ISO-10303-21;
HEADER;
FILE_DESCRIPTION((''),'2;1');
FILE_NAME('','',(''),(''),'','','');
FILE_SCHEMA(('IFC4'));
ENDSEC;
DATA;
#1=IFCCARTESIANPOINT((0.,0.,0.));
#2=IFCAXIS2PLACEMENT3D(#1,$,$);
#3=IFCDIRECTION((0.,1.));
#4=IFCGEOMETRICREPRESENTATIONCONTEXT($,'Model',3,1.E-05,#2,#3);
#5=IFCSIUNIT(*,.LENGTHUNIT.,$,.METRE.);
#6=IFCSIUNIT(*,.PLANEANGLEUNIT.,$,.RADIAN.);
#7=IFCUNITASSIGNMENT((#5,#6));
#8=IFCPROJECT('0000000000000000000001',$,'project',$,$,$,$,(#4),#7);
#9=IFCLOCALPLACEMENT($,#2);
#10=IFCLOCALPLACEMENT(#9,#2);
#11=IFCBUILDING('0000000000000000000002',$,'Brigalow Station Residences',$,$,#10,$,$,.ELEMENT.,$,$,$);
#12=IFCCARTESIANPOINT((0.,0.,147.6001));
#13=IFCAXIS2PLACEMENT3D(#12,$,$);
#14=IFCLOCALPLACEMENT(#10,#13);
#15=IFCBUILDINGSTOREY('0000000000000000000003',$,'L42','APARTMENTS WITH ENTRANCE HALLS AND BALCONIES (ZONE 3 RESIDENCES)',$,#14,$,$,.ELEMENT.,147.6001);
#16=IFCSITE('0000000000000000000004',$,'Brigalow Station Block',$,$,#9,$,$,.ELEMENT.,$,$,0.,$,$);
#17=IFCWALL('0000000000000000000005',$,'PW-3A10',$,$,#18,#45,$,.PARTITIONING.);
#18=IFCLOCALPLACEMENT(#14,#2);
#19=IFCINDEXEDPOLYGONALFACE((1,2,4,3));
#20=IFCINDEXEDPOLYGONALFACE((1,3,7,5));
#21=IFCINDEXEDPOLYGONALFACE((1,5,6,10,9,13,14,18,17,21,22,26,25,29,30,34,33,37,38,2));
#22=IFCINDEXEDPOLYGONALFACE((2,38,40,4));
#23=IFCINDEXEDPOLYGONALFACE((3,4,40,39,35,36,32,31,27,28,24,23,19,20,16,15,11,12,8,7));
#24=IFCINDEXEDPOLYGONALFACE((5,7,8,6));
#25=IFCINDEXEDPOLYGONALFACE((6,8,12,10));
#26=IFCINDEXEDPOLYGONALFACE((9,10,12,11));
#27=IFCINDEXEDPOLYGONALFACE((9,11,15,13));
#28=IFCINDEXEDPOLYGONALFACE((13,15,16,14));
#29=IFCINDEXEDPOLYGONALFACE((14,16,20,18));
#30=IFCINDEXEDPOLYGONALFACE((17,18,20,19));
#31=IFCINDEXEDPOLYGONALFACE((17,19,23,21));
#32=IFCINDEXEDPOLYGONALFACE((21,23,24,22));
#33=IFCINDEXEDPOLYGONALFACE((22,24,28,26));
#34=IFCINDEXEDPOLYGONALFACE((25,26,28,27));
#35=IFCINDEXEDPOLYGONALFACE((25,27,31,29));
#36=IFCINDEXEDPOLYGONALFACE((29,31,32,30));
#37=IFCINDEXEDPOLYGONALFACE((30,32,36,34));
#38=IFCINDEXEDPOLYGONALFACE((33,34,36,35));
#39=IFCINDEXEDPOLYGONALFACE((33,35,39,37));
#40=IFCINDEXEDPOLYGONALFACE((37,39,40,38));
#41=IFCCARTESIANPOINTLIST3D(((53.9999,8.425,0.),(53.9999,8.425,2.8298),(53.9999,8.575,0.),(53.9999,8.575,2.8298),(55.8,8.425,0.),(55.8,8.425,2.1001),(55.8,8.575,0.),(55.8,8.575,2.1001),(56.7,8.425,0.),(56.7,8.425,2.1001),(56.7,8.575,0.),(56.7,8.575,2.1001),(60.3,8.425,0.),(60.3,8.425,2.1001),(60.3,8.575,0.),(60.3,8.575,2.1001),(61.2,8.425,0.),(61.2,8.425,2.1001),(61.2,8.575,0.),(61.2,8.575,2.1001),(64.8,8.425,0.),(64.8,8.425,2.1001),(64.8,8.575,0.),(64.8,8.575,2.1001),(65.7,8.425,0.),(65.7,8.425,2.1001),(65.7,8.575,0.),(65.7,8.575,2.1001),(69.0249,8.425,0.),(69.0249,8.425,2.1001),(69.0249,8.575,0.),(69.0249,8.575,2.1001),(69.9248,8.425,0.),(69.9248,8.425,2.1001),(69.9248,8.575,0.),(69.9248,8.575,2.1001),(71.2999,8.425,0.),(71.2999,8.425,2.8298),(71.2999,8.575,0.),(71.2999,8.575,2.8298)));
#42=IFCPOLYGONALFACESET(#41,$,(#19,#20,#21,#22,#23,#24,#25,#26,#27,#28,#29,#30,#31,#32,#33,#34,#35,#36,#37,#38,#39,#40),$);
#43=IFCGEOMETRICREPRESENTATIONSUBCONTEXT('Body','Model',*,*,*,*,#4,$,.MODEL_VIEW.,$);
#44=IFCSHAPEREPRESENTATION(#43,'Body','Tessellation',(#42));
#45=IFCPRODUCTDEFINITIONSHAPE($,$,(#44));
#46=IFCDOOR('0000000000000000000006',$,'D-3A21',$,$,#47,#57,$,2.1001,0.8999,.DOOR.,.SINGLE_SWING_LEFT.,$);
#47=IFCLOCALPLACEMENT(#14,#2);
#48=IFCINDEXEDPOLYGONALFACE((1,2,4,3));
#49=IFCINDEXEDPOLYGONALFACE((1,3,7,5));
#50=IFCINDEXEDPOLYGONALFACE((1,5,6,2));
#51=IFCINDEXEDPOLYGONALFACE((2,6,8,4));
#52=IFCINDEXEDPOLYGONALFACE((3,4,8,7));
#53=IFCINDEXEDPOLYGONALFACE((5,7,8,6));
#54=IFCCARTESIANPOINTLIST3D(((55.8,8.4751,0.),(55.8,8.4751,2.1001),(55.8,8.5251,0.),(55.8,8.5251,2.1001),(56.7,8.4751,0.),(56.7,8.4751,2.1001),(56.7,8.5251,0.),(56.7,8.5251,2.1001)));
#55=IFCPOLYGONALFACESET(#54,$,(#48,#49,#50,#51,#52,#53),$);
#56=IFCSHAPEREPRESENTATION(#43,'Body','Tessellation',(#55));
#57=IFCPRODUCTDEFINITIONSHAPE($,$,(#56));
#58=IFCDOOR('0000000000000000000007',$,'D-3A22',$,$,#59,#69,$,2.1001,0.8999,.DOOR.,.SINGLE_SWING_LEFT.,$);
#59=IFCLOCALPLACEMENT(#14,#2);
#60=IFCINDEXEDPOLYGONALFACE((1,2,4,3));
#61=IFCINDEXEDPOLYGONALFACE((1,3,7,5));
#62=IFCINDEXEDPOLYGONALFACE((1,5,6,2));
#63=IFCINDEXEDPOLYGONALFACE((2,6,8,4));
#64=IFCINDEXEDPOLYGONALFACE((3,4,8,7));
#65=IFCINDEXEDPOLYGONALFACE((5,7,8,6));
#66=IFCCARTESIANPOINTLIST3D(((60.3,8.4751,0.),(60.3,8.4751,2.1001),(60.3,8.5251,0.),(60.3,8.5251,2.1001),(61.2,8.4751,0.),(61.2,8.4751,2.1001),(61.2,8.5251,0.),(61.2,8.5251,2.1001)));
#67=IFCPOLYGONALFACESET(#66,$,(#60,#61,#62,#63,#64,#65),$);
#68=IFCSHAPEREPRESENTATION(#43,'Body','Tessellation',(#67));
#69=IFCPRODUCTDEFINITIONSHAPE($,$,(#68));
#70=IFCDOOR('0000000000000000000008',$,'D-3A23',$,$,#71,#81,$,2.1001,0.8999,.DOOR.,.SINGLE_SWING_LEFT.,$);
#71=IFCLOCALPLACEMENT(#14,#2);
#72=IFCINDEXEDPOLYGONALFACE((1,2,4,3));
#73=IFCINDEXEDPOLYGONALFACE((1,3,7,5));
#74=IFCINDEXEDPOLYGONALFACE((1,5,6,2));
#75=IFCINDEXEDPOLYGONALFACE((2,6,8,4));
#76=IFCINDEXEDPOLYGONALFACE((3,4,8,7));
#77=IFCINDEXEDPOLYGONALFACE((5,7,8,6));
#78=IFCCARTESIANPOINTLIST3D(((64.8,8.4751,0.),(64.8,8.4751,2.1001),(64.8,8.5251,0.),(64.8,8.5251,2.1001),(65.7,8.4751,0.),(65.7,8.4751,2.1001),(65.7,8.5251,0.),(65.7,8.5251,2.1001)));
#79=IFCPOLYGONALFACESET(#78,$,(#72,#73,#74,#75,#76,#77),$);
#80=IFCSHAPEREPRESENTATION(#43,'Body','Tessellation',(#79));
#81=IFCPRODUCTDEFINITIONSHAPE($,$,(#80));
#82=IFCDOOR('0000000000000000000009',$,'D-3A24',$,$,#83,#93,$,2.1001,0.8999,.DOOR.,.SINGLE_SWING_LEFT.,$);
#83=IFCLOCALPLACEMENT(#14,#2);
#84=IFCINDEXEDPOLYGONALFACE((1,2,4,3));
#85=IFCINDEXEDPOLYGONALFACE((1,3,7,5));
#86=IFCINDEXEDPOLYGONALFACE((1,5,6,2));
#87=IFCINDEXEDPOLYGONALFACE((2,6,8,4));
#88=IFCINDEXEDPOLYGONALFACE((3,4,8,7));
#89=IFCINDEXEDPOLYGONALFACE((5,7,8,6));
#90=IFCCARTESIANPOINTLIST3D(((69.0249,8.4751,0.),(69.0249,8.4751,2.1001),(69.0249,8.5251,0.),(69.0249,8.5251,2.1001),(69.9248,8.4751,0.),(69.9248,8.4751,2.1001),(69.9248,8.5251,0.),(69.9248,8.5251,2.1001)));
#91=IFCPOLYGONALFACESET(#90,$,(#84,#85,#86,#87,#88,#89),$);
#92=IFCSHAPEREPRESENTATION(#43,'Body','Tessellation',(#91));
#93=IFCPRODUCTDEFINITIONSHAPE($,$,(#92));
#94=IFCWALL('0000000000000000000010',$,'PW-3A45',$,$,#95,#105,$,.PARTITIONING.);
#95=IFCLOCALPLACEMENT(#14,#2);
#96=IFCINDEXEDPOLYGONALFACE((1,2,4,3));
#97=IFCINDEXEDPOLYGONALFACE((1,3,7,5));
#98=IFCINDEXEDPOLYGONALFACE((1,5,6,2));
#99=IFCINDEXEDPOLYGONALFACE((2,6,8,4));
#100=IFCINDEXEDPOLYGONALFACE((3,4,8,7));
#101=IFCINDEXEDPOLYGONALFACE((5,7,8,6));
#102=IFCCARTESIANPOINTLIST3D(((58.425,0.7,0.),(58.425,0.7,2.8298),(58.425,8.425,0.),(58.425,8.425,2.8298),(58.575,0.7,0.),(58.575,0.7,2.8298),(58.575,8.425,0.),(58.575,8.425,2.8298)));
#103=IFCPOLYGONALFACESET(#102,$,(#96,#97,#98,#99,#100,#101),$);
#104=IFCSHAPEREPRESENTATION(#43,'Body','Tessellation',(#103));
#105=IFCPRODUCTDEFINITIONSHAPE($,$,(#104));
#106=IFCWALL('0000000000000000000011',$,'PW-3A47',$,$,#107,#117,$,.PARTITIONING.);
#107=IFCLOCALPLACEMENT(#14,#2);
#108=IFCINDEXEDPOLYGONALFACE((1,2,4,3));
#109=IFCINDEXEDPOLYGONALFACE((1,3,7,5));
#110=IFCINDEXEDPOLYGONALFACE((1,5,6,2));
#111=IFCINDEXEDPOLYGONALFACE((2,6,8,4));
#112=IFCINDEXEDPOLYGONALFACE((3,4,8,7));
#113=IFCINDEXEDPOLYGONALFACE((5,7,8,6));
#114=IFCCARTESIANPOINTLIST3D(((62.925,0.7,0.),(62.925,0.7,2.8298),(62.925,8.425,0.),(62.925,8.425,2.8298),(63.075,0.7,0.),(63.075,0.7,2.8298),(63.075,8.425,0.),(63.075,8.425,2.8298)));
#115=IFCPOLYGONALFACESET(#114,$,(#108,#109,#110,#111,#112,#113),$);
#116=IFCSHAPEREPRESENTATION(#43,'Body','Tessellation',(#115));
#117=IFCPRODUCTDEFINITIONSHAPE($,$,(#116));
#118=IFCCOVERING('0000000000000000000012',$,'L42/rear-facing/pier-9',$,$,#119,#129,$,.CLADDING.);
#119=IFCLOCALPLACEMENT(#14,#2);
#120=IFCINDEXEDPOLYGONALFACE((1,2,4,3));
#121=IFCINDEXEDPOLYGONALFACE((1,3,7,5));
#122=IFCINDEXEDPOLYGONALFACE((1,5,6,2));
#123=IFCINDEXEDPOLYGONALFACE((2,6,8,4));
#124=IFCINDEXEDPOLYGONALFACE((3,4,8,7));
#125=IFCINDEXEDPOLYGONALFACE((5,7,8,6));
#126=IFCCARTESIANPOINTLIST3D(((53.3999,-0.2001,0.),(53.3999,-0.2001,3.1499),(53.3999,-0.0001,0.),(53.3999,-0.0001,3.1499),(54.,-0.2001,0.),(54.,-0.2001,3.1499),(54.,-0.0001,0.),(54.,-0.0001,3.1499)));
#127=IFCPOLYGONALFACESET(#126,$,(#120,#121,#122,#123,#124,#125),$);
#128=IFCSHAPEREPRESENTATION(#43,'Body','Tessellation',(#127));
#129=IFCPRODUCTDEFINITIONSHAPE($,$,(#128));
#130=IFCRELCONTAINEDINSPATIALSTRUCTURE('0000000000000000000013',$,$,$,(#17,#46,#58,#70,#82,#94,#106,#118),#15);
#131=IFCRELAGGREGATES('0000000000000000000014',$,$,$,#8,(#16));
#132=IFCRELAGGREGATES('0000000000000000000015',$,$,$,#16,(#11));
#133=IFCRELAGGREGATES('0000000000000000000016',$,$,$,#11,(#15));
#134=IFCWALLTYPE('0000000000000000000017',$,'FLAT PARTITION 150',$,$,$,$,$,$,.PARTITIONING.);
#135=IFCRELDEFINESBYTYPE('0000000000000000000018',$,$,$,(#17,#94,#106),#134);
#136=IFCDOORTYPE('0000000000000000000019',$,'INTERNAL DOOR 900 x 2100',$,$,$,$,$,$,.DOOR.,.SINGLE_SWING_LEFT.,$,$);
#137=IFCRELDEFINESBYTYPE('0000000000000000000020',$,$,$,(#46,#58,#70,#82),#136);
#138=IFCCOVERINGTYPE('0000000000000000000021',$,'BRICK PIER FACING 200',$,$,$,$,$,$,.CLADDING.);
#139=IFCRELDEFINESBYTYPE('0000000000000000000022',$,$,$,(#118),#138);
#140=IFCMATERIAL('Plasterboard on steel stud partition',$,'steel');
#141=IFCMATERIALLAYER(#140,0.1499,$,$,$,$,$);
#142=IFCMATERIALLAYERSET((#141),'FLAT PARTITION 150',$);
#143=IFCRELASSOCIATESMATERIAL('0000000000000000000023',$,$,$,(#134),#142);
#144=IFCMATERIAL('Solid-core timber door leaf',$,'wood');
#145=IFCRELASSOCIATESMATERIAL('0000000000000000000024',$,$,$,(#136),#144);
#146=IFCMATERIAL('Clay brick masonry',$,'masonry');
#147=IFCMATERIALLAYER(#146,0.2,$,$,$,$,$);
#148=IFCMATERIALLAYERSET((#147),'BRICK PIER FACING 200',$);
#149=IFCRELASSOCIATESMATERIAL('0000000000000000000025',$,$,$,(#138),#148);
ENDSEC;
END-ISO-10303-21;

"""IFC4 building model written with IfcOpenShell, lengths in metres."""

from ifc_helpers import new_model, si_unit, direction, frame, frame_2d, origin, origin_2d, place, context, subcontext, project, spatial, rectangle, extrude, material, layer, layer_set, type_object, element, fill, save


model = new_model("IFC4")

# Units and contexts
model_context = context("Model", 3, precision=1e-05, world=origin(), true_north=direction((0.0, 1.0)))
body_context = subcontext(model_context, "Body", "Model", "MODEL_VIEW")
ifc_project = project(units=[si_unit("LENGTHUNIT", "METRE"), si_unit("PLANEANGLEUNIT", "RADIAN")], contexts=[model_context])

# Site, building, storey
site_placement = place(None, origin())
site = spatial("IfcSite", under=ifc_project, at=site_placement, Name="Brigalow Station Block", CompositionType="ELEMENT", RefElevation=0.0)
building_placement = place(site_placement, origin())
building = spatial("IfcBuilding", under=site, at=building_placement, Name="Brigalow Station Residences", CompositionType="ELEMENT")
storey_placement = place(building_placement, frame((0.0, 0.0, 147.6001)))
storey = spatial("IfcBuildingStorey", under=building, at=storey_placement, Name="L42", Description="APARTMENTS WITH ENTRANCE HALLS AND BALCONIES (ZONE 3 RESIDENCES)", CompositionType="ELEMENT", Elevation=147.6001)

# Wall, openings, doors
ifc_material_1 = material(Name="Plasterboard on steel stud partition", Category="steel")
ifc_layer_1 = layer(ifc_material_1, 0.1499)
ifc_layer_set_1 = layer_set([ifc_layer_1], Name="FLAT PARTITION 150")
wall_type_1 = type_object("IfcWallType", Name="FLAT PARTITION 150", PredefinedType="PARTITIONING", material=ifc_layer_set_1)
wall_1_placement = place(storey_placement, frame((54.0, 8.5, 0.0), z_axis=(0.0, 0.0, 1.0), x_axis=(1.0, 0.0, 0.0)))
wall_1 = element("IfcWall", 1, at=wall_1_placement, inside=storey, type_object=wall_type_1, Name="PW-3A10", PredefinedType="PARTITIONING", context=body_context, shape_type="SweptSolid", body=[
    extrude(rectangle(XDim=17.3, YDim=0.1499, at=frame_2d((8.6499, 0.0))), origin(), (0.0, 0.0, 1.0), 2.8298),
])
opening_1_placement = place(wall_1_placement, frame((1.8, 0.0, 0.0)))
opening_1 = element("IfcOpeningElement", 2, at=opening_1_placement, cuts=wall_1, PredefinedType="OPENING", context=body_context, shape_type="SweptSolid", body=[
    extrude(rectangle(XDim=0.8999, YDim=2.1001, at=frame_2d((0.45, 1.05))), frame((0.0, 0.085, 0.0), z_axis=(0.0, -1.0, 0.0), x_axis=(1.0, 0.0, 0.0)), (0.0, 0.0, 1.0), 0.1699),
])
opening_2_placement = place(wall_1_placement, frame((6.3, 0.0, 0.0)))
opening_2 = element("IfcOpeningElement", 3, at=opening_2_placement, cuts=wall_1, PredefinedType="OPENING", context=body_context, shape_type="SweptSolid", body=[
    extrude(rectangle(XDim=0.8999, YDim=2.1001, at=frame_2d((0.45, 1.05))), frame((0.0, 0.085, 0.0), z_axis=(0.0, -1.0, 0.0), x_axis=(1.0, 0.0, 0.0)), (0.0, 0.0, 1.0), 0.1699),
])
opening_3_placement = place(wall_1_placement, frame((10.8, 0.0, 0.0)))
opening_3 = element("IfcOpeningElement", 4, at=opening_3_placement, cuts=wall_1, PredefinedType="OPENING", context=body_context, shape_type="SweptSolid", body=[
    extrude(rectangle(XDim=0.8999, YDim=2.1001, at=frame_2d((0.45, 1.05))), frame((0.0, 0.085, 0.0), z_axis=(0.0, -1.0, 0.0), x_axis=(1.0, 0.0, 0.0)), (0.0, 0.0, 1.0), 0.1699),
])
opening_4_placement = place(wall_1_placement, frame((15.0249, 0.0, 0.0)))
opening_4 = element("IfcOpeningElement", 5, at=opening_4_placement, cuts=wall_1, PredefinedType="OPENING", context=body_context, shape_type="SweptSolid", body=[
    extrude(rectangle(XDim=0.8999, YDim=2.1001, at=frame_2d((0.45, 1.05))), frame((0.0, 0.085, 0.0), z_axis=(0.0, -1.0, 0.0), x_axis=(1.0, 0.0, 0.0)), (0.0, 0.0, 1.0), 0.1699),
])
ifc_material_2 = material(Name="Solid-core timber door leaf", Category="wood")
door_type = type_object("IfcDoorType", Name="INTERNAL DOOR 900 x 2100", OperationType="SINGLE_SWING_LEFT", PredefinedType="DOOR", material=ifc_material_2)
door_1_placement = place(opening_1_placement, frame((0.8999, 0.0, 0.0), z_axis=(0.0, 0.0, 1.0), x_axis=(-1.0, 0.0, 0.0)))
door_1 = element("IfcDoor", 6, at=door_1_placement, inside=storey, type_object=door_type, Name="D-3A21", OperationType="SINGLE_SWING_LEFT", OverallHeight=2.1001, OverallWidth=0.8999, PredefinedType="DOOR", context=body_context, shape_type="SweptSolid", body=[
    extrude(rectangle(XDim=0.8999, YDim=2.1001, at=frame_2d((0.45, 1.05))), frame((0.0, 0.0249, 0.0), z_axis=(0.0, -1.0, 0.0), x_axis=(1.0, 0.0, 0.0)), (0.0, 0.0, 1.0), 0.05),
])
fill(opening_1, door_1)
door_2_placement = place(opening_2_placement, frame((0.8999, 0.0, 0.0), z_axis=(0.0, 0.0, 1.0), x_axis=(-1.0, 0.0, 0.0)))
door_2 = element("IfcDoor", 7, at=door_2_placement, inside=storey, type_object=door_type, Name="D-3A22", OperationType="SINGLE_SWING_LEFT", OverallHeight=2.1001, OverallWidth=0.8999, PredefinedType="DOOR", context=body_context, shape_type="SweptSolid", body=[
    extrude(rectangle(XDim=0.8999, YDim=2.1001, at=frame_2d((0.45, 1.05))), frame((0.0, 0.0249, 0.0), z_axis=(0.0, -1.0, 0.0), x_axis=(1.0, 0.0, 0.0)), (0.0, 0.0, 1.0), 0.05),
])
fill(opening_2, door_2)
door_3_placement = place(opening_3_placement, frame((0.8999, 0.0, 0.0), z_axis=(0.0, 0.0, 1.0), x_axis=(-1.0, 0.0, 0.0)))
door_3 = element("IfcDoor", 8, at=door_3_placement, inside=storey, type_object=door_type, Name="D-3A23", OperationType="SINGLE_SWING_LEFT", OverallHeight=2.1001, OverallWidth=0.8999, PredefinedType="DOOR", context=body_context, shape_type="SweptSolid", body=[
    extrude(rectangle(XDim=0.8999, YDim=2.1001, at=frame_2d((0.45, 1.05))), frame((0.0, 0.0249, 0.0), z_axis=(0.0, -1.0, 0.0), x_axis=(1.0, 0.0, 0.0)), (0.0, 0.0, 1.0), 0.05),
])
fill(opening_3, door_3)
door_4_placement = place(opening_4_placement, frame((0.8999, 0.0, 0.0), z_axis=(0.0, 0.0, 1.0), x_axis=(-1.0, 0.0, 0.0)))
door_4 = element("IfcDoor", 9, at=door_4_placement, inside=storey, type_object=door_type, Name="D-3A24", OperationType="SINGLE_SWING_LEFT", OverallHeight=2.1001, OverallWidth=0.8999, PredefinedType="DOOR", context=body_context, shape_type="SweptSolid", body=[
    extrude(rectangle(XDim=0.8999, YDim=2.1001, at=frame_2d((0.45, 1.05))), frame((0.0, 0.0249, 0.0), z_axis=(0.0, -1.0, 0.0), x_axis=(1.0, 0.0, 0.0)), (0.0, 0.0, 1.0), 0.05),
])
fill(opening_4, door_4)

# Walls
for number, where, z_axis, x_axis, name in (
    (10, (58.5, 0.7, 0.0), (0.0, 0.0, 1.0), (0.0, 1.0, 0.0), "PW-3A45"),
    (11, (63.0, 0.7, 0.0), (0.0, 0.0, 1.0), (0.0, 1.0, 0.0), "PW-3A47"),
):
    element("IfcWall", number, at=place(storey_placement, frame(where, z_axis=z_axis, x_axis=x_axis)), inside=storey, type_object=wall_type_1, Name=name, PredefinedType="PARTITIONING", context=body_context, shape_type="SweptSolid", body=[
        extrude(rectangle(XDim=7.7251, YDim=0.1499, at=frame_2d((3.8625, 0.0))), origin(), (0.0, 0.0, 1.0), 2.8298),
    ])

# Covering
ifc_material_3 = material(Name="Clay brick masonry", Category="masonry")
ifc_layer_2 = layer(ifc_material_3, 0.2)
ifc_layer_set_2 = layer_set([ifc_layer_2], Name="BRICK PIER FACING 200")
covering_type = type_object("IfcCoveringType", Name="BRICK PIER FACING 200", PredefinedType="CLADDING", material=ifc_layer_set_2)
covering_placement = place(storey_placement, frame((53.7, -0.1001, 0.0), z_axis=(0.0, 0.0, 1.0), x_axis=(1.0, 0.0, 0.0)))
element("IfcCovering", 12, at=covering_placement, inside=storey, type_object=covering_type, Name="L42/rear-facing/pier-9", PredefinedType="CLADDING", context=body_context, shape_type="SweptSolid", body=[
    extrude(rectangle(XDim=0.6001, YDim=0.2, at=origin_2d()), origin(), (0.0, 0.0, 1.0), 3.1499),
])

save(model, "model.ifc")
